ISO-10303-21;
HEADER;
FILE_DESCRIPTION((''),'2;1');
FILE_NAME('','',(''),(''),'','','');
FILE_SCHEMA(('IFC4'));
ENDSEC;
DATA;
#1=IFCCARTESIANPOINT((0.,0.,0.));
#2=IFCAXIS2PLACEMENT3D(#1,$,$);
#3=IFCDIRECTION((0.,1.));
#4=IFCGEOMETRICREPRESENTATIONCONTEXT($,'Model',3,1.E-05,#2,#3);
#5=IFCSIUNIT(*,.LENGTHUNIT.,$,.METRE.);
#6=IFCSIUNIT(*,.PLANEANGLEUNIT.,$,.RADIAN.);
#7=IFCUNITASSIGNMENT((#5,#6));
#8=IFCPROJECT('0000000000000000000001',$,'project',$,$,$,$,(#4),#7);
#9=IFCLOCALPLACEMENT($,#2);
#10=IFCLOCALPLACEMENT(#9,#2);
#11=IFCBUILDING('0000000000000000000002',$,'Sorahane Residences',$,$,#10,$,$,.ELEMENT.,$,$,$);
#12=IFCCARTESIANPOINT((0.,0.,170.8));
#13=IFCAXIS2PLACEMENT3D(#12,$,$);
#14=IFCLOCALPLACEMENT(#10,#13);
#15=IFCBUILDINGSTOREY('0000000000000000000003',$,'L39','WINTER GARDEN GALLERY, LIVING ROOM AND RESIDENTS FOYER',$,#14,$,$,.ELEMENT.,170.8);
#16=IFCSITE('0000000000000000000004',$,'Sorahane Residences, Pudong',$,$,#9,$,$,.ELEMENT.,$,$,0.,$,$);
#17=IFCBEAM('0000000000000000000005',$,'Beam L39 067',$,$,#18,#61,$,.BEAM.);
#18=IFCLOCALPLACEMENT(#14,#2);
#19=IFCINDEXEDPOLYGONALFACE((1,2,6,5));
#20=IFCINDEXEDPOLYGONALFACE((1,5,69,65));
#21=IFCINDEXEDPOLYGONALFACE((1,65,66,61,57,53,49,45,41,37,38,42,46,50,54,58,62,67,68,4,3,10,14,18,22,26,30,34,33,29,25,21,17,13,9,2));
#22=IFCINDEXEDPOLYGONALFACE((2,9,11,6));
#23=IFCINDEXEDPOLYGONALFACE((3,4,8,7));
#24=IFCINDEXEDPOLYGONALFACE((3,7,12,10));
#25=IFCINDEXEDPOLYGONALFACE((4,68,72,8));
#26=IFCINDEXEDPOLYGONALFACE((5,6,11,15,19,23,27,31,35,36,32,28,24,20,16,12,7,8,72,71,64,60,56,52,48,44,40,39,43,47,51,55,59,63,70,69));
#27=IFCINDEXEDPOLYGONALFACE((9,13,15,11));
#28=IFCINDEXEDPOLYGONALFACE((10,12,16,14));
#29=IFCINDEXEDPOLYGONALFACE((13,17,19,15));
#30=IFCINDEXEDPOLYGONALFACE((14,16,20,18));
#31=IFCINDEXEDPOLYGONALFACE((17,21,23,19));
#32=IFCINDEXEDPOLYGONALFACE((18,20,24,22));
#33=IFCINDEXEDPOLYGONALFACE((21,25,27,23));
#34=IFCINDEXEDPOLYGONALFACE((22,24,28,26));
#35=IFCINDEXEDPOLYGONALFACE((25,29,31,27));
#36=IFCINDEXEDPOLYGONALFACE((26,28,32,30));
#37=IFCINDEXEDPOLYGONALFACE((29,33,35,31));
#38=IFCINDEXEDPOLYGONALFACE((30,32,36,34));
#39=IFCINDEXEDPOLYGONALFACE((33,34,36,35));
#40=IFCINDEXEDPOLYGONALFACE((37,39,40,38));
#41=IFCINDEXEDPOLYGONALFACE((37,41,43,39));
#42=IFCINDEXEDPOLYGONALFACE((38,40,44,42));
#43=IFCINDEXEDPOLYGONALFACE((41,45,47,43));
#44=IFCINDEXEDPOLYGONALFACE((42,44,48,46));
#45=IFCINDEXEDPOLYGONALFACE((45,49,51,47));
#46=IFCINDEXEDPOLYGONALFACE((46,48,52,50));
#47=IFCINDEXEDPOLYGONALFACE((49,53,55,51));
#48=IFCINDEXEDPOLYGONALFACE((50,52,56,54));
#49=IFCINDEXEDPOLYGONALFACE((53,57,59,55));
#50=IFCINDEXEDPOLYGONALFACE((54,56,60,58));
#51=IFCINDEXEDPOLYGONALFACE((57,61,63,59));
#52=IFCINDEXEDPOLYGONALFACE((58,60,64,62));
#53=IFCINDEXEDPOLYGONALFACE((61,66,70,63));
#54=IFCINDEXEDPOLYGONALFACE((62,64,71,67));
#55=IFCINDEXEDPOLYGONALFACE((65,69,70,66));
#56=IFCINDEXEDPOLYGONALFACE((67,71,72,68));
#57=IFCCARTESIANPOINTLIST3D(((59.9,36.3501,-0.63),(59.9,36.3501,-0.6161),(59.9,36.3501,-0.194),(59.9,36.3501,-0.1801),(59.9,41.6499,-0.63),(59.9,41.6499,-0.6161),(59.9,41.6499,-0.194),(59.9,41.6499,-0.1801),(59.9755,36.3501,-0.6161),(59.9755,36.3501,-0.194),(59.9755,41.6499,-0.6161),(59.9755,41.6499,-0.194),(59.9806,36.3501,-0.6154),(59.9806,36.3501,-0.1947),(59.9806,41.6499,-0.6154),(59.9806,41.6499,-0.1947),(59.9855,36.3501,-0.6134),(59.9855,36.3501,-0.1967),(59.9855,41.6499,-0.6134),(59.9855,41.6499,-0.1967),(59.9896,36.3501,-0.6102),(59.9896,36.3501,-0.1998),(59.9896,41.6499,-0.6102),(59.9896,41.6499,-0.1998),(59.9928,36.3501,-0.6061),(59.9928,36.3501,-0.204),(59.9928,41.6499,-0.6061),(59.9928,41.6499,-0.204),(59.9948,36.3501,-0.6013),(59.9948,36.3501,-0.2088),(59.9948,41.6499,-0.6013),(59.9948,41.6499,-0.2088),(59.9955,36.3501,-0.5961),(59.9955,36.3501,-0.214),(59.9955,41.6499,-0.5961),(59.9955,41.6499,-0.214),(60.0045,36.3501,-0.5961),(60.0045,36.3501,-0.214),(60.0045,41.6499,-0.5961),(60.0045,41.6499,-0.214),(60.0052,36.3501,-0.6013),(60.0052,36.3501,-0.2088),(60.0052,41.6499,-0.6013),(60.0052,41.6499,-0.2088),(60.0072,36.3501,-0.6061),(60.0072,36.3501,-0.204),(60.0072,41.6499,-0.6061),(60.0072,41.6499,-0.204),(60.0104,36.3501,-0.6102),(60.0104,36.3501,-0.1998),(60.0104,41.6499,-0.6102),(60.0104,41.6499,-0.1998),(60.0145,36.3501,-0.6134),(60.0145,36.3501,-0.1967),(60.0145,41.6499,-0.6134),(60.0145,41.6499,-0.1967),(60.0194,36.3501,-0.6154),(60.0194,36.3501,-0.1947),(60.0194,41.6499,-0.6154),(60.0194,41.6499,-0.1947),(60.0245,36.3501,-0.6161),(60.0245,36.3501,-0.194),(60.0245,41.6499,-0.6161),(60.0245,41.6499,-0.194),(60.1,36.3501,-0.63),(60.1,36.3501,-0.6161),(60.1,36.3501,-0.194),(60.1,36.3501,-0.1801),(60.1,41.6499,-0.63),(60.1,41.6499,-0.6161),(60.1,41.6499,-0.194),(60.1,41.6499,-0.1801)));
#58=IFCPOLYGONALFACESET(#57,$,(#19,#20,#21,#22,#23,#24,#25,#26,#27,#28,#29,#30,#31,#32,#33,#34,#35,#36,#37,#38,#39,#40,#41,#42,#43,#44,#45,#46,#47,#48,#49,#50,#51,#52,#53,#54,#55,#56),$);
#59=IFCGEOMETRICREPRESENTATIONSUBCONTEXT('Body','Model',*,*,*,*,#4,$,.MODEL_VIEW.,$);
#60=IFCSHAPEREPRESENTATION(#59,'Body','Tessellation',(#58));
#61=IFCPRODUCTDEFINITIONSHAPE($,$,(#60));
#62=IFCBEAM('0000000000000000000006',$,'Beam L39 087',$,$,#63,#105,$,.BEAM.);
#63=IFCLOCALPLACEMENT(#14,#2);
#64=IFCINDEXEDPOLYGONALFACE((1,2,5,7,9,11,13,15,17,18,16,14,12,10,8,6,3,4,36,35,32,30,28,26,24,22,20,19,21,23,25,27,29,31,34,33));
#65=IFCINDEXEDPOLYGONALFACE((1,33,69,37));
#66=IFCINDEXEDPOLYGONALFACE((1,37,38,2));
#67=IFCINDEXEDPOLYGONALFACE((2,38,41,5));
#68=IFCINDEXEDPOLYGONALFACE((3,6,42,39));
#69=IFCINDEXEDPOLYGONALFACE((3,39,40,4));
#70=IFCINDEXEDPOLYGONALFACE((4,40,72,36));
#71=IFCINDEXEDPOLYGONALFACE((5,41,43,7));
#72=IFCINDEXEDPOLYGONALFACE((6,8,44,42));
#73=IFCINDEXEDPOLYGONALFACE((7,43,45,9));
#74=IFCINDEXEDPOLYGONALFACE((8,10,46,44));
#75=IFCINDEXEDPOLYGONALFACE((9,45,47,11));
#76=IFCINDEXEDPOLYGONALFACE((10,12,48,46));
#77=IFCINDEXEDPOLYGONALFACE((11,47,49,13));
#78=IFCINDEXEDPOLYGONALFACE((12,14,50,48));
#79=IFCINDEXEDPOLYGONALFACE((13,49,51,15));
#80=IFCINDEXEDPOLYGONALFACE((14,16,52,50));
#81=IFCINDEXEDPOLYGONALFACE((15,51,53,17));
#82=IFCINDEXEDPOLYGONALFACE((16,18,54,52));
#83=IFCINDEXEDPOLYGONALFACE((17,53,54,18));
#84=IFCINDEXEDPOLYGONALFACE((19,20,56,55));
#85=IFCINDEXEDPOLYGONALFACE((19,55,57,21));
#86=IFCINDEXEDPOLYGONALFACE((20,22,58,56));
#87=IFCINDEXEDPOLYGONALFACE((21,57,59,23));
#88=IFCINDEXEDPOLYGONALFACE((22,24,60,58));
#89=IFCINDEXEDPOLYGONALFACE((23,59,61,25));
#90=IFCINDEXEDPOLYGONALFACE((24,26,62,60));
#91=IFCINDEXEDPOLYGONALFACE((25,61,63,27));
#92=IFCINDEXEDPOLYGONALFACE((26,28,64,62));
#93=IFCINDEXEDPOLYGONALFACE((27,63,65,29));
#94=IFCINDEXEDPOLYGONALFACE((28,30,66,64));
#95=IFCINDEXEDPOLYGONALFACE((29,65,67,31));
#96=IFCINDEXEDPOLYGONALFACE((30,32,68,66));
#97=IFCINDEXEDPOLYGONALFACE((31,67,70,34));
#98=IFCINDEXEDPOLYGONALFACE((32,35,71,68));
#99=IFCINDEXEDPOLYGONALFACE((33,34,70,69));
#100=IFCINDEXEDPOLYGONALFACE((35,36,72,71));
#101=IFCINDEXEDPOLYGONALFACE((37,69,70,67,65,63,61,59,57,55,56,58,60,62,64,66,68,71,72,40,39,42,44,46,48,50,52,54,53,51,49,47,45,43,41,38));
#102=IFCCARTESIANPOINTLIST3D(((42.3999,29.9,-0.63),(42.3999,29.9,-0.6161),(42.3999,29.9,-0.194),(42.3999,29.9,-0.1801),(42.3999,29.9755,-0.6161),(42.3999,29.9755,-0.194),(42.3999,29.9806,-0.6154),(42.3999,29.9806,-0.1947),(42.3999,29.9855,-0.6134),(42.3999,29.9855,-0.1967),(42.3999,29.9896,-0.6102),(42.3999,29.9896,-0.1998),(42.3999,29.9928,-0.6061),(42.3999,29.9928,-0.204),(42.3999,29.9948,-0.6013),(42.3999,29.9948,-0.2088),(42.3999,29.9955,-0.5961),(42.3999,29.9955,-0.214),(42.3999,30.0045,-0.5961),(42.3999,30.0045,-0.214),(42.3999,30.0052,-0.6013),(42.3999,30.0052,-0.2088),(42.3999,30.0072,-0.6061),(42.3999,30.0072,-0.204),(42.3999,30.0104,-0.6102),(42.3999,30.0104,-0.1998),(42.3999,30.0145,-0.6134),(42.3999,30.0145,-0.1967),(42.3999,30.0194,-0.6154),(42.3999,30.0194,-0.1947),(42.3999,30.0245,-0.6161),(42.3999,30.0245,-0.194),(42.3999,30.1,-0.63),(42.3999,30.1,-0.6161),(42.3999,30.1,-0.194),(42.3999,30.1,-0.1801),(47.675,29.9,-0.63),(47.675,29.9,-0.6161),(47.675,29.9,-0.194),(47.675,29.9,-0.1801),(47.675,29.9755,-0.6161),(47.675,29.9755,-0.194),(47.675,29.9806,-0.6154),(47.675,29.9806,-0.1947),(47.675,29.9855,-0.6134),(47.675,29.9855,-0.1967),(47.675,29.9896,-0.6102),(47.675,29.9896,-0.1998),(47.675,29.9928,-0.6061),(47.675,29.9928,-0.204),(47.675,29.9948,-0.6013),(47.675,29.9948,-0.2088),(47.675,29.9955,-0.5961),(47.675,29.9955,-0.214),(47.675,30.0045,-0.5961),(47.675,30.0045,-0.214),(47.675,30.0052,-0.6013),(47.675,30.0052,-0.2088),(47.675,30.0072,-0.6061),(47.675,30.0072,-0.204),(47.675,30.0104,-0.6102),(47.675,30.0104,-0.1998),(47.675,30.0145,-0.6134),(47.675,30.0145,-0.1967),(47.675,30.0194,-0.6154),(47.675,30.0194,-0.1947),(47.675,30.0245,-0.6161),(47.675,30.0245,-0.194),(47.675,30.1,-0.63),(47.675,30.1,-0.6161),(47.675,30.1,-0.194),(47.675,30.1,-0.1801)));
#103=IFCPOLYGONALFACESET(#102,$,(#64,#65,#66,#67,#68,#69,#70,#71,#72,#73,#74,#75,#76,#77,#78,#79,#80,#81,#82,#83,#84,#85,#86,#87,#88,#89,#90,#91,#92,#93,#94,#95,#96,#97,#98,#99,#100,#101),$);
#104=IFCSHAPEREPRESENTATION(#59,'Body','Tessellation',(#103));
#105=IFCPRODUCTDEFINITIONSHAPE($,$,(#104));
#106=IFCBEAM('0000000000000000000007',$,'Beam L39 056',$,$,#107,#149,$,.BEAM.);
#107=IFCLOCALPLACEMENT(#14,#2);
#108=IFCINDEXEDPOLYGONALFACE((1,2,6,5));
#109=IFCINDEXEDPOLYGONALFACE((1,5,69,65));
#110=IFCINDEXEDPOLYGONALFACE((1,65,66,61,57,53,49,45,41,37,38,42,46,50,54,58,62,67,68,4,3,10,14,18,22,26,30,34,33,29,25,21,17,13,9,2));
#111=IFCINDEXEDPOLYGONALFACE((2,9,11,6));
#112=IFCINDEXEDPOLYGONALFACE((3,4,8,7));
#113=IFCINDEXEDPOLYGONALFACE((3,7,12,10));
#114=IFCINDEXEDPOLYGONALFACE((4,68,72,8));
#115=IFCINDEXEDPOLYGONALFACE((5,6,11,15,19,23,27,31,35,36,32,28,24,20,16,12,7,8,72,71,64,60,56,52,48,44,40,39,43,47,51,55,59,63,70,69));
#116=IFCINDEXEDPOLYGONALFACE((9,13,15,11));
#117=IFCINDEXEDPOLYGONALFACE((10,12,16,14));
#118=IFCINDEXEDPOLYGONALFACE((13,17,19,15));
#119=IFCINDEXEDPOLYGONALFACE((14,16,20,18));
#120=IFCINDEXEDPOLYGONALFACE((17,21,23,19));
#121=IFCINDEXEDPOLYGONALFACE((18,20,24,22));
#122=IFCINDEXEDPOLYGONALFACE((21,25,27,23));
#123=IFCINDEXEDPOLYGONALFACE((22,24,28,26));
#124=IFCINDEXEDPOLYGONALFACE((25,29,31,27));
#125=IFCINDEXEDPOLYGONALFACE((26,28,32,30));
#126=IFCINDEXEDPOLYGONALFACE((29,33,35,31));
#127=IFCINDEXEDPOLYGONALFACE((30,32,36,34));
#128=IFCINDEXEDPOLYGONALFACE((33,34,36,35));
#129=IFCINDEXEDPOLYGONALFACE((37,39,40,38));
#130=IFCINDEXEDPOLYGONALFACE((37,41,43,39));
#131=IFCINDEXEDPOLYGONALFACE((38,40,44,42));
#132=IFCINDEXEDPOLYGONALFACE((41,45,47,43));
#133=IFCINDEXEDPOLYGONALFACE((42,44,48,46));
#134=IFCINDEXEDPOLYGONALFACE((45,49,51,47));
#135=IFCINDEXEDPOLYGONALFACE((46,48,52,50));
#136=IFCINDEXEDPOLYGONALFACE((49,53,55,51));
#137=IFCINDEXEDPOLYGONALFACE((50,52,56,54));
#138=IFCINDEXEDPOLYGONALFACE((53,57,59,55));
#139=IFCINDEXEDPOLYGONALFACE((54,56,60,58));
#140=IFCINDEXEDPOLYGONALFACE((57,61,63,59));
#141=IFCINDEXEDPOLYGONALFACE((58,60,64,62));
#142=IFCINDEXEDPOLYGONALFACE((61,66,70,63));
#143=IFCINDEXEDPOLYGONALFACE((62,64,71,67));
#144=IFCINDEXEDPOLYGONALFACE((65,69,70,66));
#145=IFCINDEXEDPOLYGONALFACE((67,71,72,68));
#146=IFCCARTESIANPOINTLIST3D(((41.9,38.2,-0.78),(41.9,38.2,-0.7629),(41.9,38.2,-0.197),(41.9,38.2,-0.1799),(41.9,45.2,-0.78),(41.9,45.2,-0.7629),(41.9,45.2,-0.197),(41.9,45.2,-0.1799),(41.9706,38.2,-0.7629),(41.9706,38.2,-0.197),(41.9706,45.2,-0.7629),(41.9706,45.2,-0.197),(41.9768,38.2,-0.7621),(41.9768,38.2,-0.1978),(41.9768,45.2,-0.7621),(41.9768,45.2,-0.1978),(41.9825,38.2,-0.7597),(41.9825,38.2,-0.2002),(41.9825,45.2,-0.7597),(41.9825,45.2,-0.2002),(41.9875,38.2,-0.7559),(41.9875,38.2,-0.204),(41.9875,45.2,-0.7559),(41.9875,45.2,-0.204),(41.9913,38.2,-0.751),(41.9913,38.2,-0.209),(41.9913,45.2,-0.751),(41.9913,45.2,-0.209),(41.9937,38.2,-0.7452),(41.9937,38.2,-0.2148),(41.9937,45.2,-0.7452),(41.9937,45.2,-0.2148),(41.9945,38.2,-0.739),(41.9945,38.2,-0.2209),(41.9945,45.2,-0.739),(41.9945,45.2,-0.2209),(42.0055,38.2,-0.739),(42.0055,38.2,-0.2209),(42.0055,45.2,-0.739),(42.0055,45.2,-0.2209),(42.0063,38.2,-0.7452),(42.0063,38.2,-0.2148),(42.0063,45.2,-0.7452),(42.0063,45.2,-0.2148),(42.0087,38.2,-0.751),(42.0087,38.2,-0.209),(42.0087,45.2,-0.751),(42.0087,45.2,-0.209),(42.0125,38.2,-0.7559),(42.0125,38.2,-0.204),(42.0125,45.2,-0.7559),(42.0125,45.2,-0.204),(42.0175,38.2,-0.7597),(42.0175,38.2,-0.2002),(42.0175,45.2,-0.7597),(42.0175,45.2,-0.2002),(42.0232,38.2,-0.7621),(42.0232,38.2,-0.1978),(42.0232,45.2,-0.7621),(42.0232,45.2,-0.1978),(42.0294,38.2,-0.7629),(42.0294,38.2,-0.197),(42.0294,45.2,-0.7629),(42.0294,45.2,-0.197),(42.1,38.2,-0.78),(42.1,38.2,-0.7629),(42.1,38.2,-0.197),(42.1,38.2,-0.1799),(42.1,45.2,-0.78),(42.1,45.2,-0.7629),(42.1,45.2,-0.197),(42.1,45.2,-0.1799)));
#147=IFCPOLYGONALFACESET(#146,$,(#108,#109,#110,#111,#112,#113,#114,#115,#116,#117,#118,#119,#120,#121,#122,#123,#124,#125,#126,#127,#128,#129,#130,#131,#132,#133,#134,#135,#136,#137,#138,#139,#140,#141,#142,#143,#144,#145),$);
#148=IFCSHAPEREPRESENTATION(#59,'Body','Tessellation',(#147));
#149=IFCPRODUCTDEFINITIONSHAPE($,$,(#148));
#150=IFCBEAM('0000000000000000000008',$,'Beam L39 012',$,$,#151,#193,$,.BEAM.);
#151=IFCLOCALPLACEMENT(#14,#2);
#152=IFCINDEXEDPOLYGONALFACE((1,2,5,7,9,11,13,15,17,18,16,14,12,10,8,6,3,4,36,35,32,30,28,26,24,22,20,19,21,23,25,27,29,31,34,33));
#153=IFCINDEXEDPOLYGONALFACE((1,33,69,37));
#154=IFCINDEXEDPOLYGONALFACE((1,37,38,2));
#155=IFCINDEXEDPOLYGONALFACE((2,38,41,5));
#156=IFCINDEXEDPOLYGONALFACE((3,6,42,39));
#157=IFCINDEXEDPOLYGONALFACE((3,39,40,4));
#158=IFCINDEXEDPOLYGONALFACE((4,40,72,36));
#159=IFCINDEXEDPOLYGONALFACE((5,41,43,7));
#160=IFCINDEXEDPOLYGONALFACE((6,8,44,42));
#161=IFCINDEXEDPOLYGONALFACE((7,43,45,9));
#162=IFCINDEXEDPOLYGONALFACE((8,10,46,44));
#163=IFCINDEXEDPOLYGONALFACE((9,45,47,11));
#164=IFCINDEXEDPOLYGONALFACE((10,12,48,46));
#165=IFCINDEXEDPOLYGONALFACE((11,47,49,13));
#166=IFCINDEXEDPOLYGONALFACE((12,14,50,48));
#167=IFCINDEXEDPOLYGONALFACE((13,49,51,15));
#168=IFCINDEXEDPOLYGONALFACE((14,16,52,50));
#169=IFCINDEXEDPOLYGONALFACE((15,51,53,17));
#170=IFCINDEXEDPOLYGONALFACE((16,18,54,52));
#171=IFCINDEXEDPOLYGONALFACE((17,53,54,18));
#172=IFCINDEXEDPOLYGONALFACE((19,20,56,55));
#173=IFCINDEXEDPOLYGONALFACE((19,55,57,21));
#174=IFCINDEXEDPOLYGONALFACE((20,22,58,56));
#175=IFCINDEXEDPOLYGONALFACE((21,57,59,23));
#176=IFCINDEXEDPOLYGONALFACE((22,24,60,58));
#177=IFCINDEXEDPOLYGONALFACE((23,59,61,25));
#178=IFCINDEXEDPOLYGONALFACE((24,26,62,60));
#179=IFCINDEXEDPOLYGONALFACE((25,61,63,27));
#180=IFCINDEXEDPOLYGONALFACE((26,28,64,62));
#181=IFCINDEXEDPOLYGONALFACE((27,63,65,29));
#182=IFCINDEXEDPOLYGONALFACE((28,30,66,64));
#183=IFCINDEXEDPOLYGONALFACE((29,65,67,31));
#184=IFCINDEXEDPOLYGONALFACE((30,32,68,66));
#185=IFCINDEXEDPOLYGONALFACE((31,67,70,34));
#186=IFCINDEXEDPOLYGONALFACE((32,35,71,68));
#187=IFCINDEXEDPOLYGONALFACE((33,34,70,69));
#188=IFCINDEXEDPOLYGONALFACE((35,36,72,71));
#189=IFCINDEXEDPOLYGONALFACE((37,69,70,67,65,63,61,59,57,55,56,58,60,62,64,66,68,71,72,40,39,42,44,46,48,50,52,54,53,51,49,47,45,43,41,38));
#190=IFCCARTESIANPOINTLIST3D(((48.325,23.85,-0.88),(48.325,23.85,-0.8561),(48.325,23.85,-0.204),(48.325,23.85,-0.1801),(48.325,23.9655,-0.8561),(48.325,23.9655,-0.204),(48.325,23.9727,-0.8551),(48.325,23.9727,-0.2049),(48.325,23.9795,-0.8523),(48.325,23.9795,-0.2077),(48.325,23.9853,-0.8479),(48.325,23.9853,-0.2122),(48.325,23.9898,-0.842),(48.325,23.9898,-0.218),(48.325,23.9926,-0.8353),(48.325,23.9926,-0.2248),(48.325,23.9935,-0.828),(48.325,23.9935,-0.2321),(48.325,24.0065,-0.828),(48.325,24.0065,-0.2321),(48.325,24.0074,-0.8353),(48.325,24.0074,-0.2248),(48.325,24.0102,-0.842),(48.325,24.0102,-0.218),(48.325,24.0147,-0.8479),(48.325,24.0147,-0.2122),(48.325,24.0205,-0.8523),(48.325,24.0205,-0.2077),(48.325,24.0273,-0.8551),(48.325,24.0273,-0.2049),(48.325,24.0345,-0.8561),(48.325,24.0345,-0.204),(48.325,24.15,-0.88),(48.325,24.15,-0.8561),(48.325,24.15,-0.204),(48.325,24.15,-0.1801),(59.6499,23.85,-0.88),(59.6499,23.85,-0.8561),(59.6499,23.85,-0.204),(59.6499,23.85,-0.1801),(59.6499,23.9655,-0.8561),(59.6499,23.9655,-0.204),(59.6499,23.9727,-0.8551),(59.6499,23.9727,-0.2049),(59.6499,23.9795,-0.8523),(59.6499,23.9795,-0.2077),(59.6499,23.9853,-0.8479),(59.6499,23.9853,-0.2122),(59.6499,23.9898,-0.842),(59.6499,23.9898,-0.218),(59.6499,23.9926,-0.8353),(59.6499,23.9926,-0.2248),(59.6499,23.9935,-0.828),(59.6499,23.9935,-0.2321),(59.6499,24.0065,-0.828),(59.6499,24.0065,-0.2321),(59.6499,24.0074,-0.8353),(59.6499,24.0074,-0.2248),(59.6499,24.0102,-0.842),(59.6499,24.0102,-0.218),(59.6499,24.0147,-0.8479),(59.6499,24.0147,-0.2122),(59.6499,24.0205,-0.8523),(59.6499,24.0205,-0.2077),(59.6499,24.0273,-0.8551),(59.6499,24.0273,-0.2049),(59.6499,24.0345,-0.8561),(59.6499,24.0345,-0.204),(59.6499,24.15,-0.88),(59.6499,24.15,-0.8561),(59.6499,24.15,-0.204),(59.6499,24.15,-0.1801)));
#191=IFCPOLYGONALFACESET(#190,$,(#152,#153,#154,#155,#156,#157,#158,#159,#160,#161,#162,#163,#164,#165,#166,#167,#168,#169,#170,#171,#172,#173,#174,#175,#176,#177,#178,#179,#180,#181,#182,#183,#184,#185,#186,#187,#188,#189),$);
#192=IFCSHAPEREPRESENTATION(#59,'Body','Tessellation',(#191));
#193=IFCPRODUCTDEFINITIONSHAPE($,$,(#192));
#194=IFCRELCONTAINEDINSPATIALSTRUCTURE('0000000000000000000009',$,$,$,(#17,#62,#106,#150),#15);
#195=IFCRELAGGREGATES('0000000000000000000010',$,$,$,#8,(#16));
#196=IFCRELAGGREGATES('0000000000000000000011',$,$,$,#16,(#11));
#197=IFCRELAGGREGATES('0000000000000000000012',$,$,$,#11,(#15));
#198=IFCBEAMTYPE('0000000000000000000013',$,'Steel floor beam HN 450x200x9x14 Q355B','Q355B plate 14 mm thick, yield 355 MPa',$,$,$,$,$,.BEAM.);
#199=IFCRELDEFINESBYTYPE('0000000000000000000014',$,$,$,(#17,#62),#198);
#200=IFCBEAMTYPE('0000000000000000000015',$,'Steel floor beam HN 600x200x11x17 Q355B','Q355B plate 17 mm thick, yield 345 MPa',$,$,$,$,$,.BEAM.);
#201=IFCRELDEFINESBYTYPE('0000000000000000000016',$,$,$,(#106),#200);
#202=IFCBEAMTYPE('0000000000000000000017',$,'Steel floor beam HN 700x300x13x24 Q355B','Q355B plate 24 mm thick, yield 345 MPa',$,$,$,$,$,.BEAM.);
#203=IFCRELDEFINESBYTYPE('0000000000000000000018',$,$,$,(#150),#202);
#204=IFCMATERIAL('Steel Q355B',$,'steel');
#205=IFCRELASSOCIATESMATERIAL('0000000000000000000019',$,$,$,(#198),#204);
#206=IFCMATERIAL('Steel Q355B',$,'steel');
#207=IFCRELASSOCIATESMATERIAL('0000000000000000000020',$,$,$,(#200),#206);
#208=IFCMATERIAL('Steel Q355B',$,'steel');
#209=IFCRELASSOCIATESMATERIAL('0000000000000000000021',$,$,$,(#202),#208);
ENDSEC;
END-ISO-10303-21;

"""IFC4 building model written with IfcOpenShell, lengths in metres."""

from ifc_helpers import new_model, si_unit, direction, frame, origin, origin_2d, place, context, subcontext, project, spatial, i_section, extrude, material, material_profile, profile_set, type_object, element, save


model = new_model("IFC4")

# Units and contexts
model_context = context("Model", 3, precision=1e-05, world=origin(), true_north=direction((0.0, 1.0)))
body_context = subcontext(model_context, "Body", "Model", "MODEL_VIEW")
ifc_project = project(units=[si_unit("LENGTHUNIT", "METRE"), si_unit("PLANEANGLEUNIT", "RADIAN")], contexts=[model_context])

# Site, building, storey
site_placement = place(None, origin())
site = spatial("IfcSite", under=ifc_project, at=site_placement, Name="Sorahane Residences, Pudong", CompositionType="ELEMENT", RefElevation=0.0)
building_placement = place(site_placement, origin())
building = spatial("IfcBuilding", under=site, at=building_placement, Name="Sorahane Residences", CompositionType="ELEMENT")
storey_placement = place(building_placement, frame((0.0, 0.0, 170.8)))
storey = spatial("IfcBuildingStorey", under=building, at=storey_placement, Name="L39", Description="WINTER GARDEN GALLERY, LIVING ROOM AND RESIDENTS FOYER", CompositionType="ELEMENT", Elevation=170.8)

# Beams
ifc_material_1 = material(Name="Steel Q355B", Category="steel")
ifc_material_profile_1 = material_profile(ifc_material_1, i_section(OverallWidth=0.2, OverallDepth=0.45, WebThickness=0.009, FlangeThickness=0.0139, FilletRadius=0.02, at=origin_2d()), Name="HN 450x200x9x14")
ifc_profile_set_1 = profile_set([ifc_material_profile_1], Name="Steel Q355B")
beam_type_1 = type_object("IfcBeamType", Name="Steel floor beam HN 450x200x9x14 Q355B", Description="Q355B plate 14 mm thick, yield 355 MPa", PredefinedType="BEAM", material=ifc_profile_set_1)
beam_1_placement = place(storey_placement, frame((60.0, 36.3501, -0.405), z_axis=(0.0, 1.0, 0.0), x_axis=(-1.0, 0.0, 0.0)))
element("IfcBeam", 1, at=beam_1_placement, inside=storey, type_object=beam_type_1, Name="Beam L39 067", PredefinedType="BEAM", context=body_context, shape_type="SweptSolid", body=[
    extrude(i_section(OverallWidth=0.2, OverallDepth=0.45, WebThickness=0.009, FlangeThickness=0.0139, FilletRadius=0.02, at=origin_2d()), origin(), (0.0, 0.0, 1.0), 5.2998),
])
beam_2_placement = place(storey_placement, frame((42.3999, 30.0, -0.405), z_axis=(1.0, 0.0, 0.0), x_axis=(0.0, 1.0, 0.0)))
element("IfcBeam", 2, at=beam_2_placement, inside=storey, type_object=beam_type_1, Name="Beam L39 087", PredefinedType="BEAM", context=body_context, shape_type="SweptSolid", body=[
    extrude(i_section(OverallWidth=0.2, OverallDepth=0.45, WebThickness=0.009, FlangeThickness=0.0139, FilletRadius=0.02, at=origin_2d()), origin(), (0.0, 0.0, 1.0), 5.2751),
])
ifc_material_2 = material(Name="Steel Q355B", Category="steel")
ifc_material_profile_2 = material_profile(ifc_material_2, i_section(OverallWidth=0.2, OverallDepth=0.6001, WebThickness=0.011, FlangeThickness=0.0171, FilletRadius=0.0239, at=origin_2d()), Name="HN 600x200x11x17")
ifc_profile_set_2 = profile_set([ifc_material_profile_2], Name="Steel Q355B")
beam_type_2 = type_object("IfcBeamType", Name="Steel floor beam HN 600x200x11x17 Q355B", Description="Q355B plate 17 mm thick, yield 345 MPa", PredefinedType="BEAM", material=ifc_profile_set_2)
beam_3_placement = place(storey_placement, frame((42.0, 38.2, -0.48), z_axis=(0.0, 1.0, 0.0), x_axis=(-1.0, 0.0, 0.0)))
element("IfcBeam", 3, at=beam_3_placement, inside=storey, type_object=beam_type_2, Name="Beam L39 056", PredefinedType="BEAM", context=body_context, shape_type="SweptSolid", body=[
    extrude(i_section(OverallWidth=0.2, OverallDepth=0.6001, WebThickness=0.011, FlangeThickness=0.0171, FilletRadius=0.0239, at=origin_2d()), origin(), (0.0, 0.0, 1.0), 7.0),
])
ifc_material_3 = material(Name="Steel Q355B", Category="steel")
ifc_material_profile_3 = material_profile(ifc_material_3, i_section(OverallWidth=0.3, OverallDepth=0.7, WebThickness=0.0129, FlangeThickness=0.0239, FilletRadius=0.0281, at=origin_2d()), Name="HN 700x300x13x24")
ifc_profile_set_3 = profile_set([ifc_material_profile_3], Name="Steel Q355B")
beam_type_3 = type_object("IfcBeamType", Name="Steel floor beam HN 700x300x13x24 Q355B", Description="Q355B plate 24 mm thick, yield 345 MPa", PredefinedType="BEAM", material=ifc_profile_set_3)
for number, where, z_axis, x_axis, name in (
    (4, (48.325, 24.0, -0.53), (1.0, 0.0, 0.0), (0.0, 1.0, 0.0), "Beam L39 012"),
):
    element("IfcBeam", number, at=place(storey_placement, frame(where, z_axis=z_axis, x_axis=x_axis)), inside=storey, type_object=beam_type_3, Name=name, PredefinedType="BEAM", context=body_context, shape_type="SweptSolid", body=[
        extrude(i_section(OverallWidth=0.3, OverallDepth=0.7, WebThickness=0.0129, FlangeThickness=0.0239, FilletRadius=0.0281, at=origin_2d()), origin(), (0.0, 0.0, 1.0), 11.325),
    ])

save(model, "model.ifc")
